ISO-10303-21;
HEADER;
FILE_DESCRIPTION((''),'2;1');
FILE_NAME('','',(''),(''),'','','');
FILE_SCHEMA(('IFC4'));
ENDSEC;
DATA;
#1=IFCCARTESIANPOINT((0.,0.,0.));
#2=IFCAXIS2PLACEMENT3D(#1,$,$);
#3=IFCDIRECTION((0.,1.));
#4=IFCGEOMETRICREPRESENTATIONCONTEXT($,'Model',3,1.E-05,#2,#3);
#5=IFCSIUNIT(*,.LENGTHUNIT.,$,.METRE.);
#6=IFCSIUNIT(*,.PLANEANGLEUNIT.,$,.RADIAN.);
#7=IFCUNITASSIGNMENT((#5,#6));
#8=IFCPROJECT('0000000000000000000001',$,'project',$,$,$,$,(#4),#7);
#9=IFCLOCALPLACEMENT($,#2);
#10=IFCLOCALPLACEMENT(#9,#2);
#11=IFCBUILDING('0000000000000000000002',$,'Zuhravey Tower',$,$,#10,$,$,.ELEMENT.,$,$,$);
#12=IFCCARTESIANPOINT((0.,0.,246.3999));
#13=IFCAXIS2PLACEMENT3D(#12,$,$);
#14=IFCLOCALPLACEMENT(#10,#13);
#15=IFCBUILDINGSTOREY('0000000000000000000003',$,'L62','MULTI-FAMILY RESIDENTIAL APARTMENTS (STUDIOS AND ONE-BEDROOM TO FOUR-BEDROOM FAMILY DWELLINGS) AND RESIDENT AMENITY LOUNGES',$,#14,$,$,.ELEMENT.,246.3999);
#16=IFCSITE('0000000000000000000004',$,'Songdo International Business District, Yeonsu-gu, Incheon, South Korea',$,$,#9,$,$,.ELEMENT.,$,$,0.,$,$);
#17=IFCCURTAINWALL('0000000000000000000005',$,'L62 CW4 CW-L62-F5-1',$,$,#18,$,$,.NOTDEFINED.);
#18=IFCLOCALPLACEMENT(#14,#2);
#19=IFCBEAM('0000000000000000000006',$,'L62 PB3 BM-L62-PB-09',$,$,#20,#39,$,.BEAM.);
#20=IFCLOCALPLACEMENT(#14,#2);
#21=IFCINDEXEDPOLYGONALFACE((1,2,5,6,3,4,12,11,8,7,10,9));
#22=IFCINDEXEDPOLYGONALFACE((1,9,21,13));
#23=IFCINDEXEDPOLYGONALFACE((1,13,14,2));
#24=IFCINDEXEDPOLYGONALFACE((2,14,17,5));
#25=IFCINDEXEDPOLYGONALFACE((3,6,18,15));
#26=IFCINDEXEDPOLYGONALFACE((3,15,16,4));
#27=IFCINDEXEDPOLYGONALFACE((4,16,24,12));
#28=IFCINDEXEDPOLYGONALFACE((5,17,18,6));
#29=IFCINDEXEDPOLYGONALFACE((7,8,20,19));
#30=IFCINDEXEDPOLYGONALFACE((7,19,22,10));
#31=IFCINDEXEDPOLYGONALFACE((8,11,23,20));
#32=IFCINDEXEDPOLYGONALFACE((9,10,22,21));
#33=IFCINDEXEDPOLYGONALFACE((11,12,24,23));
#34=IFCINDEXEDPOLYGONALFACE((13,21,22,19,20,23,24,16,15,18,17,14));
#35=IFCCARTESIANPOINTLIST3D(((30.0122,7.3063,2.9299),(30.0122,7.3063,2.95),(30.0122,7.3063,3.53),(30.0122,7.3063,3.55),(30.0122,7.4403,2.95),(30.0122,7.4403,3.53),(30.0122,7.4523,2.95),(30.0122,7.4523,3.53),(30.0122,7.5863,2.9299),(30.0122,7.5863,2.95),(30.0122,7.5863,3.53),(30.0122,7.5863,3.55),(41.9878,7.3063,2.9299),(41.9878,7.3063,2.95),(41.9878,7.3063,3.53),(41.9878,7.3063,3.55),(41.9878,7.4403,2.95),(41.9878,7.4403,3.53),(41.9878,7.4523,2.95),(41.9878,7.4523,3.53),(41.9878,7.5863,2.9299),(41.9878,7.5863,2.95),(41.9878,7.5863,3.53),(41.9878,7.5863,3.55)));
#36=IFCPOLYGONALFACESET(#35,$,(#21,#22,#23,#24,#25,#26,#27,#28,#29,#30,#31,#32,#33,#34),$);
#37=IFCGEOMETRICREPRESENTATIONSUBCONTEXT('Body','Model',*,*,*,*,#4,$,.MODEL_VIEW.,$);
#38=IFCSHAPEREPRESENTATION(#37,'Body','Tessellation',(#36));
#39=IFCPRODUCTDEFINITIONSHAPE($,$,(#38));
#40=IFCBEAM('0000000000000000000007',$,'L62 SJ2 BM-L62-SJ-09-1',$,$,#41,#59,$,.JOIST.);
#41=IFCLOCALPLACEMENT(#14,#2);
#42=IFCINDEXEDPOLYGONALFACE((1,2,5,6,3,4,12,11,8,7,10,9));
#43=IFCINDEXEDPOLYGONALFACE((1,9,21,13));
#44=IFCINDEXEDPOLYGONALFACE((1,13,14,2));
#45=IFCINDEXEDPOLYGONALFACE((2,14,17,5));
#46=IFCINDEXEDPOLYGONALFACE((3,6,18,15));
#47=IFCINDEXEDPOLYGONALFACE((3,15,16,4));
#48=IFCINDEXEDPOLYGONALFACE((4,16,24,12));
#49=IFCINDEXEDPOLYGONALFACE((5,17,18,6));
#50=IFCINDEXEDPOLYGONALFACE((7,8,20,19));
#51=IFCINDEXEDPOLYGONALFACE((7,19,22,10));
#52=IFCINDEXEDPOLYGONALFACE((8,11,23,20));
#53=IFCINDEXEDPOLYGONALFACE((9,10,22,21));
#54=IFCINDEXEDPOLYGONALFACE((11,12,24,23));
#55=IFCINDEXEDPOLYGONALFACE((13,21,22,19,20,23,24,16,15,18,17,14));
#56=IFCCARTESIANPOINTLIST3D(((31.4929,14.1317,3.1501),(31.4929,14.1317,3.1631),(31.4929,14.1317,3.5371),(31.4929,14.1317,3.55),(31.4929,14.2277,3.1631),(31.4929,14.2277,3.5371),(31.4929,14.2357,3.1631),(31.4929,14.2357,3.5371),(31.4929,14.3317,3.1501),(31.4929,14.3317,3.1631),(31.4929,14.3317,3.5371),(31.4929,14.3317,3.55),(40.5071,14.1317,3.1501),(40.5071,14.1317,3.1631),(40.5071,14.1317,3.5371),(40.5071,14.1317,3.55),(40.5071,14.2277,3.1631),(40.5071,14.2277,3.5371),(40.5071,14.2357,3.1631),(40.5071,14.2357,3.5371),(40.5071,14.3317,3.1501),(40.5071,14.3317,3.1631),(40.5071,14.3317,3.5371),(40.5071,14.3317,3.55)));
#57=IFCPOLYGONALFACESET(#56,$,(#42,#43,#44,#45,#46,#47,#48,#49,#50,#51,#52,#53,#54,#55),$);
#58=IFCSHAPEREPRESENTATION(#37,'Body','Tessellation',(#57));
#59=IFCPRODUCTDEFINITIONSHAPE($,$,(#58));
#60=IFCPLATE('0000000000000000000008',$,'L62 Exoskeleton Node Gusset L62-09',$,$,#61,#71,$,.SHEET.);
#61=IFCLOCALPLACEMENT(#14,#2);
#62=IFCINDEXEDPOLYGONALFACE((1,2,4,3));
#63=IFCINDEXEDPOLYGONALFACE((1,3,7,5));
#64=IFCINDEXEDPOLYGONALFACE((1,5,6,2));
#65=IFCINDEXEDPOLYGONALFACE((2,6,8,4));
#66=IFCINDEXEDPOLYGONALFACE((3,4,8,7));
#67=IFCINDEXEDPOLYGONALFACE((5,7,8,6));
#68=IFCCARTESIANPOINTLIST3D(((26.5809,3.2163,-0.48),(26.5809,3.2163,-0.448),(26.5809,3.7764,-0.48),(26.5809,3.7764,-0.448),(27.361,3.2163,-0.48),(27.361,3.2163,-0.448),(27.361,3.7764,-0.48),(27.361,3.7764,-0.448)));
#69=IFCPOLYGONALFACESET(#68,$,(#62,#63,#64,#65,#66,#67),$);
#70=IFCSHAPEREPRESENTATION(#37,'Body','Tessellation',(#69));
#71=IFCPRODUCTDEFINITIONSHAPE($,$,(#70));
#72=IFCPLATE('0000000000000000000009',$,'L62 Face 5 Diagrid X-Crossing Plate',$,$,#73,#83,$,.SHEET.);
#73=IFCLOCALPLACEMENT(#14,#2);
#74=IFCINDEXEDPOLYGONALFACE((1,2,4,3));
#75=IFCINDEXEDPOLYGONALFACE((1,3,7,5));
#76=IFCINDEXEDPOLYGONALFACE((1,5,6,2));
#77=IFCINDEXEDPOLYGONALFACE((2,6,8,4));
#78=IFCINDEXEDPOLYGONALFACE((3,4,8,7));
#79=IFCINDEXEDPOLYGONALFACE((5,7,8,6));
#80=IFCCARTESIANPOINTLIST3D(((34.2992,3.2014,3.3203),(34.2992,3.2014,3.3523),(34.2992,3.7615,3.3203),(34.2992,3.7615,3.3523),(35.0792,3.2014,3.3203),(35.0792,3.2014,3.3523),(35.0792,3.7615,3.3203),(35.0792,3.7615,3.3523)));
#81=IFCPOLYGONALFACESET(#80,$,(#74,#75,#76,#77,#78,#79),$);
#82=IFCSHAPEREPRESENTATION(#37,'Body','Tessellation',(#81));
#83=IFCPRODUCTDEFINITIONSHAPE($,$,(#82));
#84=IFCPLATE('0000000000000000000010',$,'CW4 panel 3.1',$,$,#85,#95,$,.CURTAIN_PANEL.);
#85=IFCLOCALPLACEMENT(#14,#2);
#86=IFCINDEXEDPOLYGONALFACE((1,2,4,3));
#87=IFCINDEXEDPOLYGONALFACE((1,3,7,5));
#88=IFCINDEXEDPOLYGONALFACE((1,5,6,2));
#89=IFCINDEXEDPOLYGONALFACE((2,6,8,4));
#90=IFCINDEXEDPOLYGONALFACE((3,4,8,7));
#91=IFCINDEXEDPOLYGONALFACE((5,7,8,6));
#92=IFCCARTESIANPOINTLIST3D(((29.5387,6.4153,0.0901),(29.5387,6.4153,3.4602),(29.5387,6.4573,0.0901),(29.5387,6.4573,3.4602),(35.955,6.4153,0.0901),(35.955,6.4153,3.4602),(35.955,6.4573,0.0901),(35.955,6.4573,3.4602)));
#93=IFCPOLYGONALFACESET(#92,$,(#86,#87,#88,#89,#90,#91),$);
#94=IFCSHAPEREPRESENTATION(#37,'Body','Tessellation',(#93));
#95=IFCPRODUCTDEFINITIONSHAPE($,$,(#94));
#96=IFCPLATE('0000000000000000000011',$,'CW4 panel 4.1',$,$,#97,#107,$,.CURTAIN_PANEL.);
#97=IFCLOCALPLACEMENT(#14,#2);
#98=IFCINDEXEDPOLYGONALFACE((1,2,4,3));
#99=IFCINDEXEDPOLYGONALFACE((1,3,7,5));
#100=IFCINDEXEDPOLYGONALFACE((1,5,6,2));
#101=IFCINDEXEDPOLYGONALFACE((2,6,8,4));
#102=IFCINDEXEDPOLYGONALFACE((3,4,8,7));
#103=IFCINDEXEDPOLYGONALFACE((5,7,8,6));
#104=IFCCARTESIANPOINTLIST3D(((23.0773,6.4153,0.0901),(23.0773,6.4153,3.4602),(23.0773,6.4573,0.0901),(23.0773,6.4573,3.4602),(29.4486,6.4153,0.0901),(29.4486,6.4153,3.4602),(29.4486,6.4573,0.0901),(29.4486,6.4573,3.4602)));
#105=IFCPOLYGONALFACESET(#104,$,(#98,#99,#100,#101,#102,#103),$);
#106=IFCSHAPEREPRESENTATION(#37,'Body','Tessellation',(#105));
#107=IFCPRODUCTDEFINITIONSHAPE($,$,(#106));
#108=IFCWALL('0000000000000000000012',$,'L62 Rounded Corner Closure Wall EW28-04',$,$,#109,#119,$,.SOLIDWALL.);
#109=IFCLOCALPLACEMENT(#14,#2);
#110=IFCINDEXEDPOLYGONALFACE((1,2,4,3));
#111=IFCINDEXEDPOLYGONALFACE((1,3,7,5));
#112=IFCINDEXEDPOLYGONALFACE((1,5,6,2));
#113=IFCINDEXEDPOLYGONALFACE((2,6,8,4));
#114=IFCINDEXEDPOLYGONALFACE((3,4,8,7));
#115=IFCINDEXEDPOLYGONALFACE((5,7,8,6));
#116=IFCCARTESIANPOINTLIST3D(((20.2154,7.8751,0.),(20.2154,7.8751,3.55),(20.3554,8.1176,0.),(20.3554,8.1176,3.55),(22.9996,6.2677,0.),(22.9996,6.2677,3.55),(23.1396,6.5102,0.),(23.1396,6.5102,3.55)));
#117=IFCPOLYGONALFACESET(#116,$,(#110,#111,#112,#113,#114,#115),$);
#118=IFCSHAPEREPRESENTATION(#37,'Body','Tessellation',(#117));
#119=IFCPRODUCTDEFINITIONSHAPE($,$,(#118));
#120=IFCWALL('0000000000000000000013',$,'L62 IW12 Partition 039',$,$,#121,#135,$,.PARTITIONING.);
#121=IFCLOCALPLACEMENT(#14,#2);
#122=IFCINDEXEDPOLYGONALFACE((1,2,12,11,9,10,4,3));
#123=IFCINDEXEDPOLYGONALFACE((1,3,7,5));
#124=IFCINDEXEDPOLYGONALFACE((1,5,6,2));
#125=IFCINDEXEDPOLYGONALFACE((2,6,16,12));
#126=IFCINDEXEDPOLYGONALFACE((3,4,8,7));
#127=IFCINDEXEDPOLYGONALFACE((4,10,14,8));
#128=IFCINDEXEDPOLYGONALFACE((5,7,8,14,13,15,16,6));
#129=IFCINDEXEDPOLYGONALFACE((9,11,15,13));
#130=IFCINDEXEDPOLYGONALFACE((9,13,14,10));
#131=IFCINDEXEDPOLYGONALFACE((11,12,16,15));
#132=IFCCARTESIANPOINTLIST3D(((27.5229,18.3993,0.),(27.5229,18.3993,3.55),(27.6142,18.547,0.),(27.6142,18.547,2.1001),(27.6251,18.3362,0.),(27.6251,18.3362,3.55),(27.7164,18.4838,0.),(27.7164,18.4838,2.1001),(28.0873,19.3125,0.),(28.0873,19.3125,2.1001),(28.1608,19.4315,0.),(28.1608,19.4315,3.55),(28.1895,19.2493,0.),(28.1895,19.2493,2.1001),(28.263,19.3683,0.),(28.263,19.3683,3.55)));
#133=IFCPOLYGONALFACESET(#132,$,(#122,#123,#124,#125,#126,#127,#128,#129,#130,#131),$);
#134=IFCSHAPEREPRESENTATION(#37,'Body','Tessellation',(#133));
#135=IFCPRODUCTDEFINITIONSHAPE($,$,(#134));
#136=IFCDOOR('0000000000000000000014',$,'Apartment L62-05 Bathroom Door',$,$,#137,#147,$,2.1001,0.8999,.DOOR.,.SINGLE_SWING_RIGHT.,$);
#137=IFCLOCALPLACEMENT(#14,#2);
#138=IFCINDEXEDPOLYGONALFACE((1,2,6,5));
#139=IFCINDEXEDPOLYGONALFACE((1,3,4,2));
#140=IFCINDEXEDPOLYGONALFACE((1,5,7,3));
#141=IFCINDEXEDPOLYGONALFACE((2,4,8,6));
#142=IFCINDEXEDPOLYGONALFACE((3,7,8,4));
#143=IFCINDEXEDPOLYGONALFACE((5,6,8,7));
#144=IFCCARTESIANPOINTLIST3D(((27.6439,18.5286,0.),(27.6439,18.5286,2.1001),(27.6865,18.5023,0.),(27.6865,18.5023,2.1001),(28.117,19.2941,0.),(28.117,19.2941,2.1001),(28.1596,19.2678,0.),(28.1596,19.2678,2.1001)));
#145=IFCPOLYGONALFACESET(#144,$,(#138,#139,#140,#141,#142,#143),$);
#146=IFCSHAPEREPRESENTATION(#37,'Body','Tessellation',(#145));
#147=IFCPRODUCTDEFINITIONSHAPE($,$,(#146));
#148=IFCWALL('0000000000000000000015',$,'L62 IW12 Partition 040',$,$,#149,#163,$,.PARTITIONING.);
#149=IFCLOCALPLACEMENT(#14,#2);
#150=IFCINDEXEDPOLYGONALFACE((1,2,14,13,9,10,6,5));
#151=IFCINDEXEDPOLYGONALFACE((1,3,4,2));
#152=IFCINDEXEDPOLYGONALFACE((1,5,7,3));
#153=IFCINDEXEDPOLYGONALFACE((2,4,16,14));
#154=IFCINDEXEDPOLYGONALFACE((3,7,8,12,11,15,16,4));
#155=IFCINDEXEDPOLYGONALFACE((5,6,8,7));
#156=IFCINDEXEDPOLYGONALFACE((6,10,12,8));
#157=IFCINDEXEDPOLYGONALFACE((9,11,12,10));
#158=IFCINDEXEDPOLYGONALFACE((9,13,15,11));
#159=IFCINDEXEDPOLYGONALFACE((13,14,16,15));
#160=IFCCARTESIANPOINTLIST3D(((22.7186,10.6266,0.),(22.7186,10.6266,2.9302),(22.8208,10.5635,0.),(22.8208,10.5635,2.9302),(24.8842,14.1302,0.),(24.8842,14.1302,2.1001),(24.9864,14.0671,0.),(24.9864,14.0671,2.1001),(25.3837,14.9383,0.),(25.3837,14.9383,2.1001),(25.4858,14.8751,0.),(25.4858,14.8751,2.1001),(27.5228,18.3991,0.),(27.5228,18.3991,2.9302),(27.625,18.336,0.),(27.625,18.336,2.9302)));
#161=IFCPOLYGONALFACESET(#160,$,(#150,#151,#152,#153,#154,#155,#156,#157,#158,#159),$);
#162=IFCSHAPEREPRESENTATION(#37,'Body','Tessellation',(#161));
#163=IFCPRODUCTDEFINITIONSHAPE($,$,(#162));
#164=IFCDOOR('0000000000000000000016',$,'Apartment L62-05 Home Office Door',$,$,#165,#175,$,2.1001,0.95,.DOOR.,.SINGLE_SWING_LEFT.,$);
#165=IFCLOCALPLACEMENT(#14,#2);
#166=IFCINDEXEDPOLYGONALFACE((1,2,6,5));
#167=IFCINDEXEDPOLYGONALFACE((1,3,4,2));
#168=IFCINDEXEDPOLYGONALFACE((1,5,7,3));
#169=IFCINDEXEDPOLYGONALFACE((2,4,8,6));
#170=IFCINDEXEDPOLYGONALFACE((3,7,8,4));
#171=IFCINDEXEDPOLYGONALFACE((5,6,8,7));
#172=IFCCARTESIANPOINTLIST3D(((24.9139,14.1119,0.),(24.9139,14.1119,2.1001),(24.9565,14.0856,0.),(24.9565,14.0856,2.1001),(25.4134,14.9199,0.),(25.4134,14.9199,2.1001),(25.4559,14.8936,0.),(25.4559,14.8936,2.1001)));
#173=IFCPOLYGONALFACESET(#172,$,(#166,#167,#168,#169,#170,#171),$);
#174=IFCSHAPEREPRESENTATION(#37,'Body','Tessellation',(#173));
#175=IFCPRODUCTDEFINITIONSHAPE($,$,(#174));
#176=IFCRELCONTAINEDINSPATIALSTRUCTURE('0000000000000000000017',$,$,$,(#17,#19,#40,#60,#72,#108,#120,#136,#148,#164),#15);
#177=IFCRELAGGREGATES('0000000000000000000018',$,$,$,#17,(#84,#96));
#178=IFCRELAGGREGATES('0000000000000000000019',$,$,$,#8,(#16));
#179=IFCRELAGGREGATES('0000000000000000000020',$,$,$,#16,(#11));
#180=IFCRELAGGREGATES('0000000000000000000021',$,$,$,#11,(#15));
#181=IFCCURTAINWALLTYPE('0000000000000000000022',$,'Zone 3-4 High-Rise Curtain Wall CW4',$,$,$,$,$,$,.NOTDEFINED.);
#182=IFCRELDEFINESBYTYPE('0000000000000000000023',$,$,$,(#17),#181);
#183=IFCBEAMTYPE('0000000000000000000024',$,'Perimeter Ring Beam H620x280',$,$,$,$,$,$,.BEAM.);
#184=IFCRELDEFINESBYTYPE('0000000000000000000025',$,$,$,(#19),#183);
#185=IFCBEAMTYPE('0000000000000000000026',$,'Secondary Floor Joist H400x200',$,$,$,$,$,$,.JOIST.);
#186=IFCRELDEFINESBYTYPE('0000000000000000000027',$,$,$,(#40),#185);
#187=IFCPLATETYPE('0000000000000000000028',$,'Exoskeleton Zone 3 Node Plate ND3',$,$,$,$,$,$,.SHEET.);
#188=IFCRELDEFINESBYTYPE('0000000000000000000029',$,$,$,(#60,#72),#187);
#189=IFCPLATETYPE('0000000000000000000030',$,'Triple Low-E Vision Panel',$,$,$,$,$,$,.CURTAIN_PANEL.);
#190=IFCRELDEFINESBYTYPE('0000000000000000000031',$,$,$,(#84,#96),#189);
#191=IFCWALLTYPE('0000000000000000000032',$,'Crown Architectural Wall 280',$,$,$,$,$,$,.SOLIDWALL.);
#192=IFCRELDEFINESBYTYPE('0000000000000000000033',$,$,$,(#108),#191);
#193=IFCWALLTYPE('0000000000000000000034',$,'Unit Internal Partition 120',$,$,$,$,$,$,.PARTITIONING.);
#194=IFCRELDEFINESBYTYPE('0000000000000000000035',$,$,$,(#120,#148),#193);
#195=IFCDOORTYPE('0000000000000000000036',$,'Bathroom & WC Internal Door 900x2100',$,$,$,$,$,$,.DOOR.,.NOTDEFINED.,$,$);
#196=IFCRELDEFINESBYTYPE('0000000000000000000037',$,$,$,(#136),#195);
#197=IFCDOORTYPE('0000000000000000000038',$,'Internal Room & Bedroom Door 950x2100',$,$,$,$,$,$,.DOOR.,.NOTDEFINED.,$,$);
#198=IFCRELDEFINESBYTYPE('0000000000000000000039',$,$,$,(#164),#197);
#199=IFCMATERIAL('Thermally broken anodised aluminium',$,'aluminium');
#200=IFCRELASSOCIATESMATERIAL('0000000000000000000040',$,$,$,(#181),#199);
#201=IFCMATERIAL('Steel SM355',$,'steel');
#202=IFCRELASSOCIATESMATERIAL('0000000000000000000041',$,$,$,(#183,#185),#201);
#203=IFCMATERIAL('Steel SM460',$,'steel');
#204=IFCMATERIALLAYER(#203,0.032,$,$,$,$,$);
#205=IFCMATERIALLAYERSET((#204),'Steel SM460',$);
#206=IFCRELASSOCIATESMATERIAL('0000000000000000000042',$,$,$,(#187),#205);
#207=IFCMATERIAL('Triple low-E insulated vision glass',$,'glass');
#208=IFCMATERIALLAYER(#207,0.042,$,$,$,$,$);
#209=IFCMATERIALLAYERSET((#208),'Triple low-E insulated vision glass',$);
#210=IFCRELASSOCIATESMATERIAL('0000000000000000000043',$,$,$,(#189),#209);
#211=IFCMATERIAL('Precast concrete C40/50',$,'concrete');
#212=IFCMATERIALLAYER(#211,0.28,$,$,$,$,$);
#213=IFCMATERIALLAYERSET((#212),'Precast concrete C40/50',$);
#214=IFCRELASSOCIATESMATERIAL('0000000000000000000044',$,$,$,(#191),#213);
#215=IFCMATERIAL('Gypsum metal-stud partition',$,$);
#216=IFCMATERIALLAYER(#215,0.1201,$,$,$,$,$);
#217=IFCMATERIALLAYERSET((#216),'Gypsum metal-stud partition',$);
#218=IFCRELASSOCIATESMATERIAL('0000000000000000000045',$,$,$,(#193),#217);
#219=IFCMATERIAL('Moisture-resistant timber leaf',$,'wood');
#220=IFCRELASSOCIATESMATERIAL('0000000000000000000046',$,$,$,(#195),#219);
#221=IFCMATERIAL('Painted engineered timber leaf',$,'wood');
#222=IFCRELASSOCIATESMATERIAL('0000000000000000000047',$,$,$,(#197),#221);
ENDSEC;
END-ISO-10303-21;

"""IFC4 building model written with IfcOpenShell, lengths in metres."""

from ifc_helpers import new_model, si_unit, direction, frame, frame_2d, origin, origin_2d, place, context, subcontext, project, spatial, rectangle, i_section, extrude, material, layer, layer_set, material_profile, profile_set, type_object, element, fill, aggregate, save


model = new_model("IFC4")

# Units and contexts
model_context = context("Model", 3, precision=1e-05, world=origin(), true_north=direction((0.0, 1.0)))
body_context = subcontext(model_context, "Body", "Model", "MODEL_VIEW")
ifc_project = project(units=[si_unit("LENGTHUNIT", "METRE"), si_unit("PLANEANGLEUNIT", "RADIAN")], contexts=[model_context])

# Site, building, storey
site_placement = place(None, origin())
site = spatial("IfcSite", under=ifc_project, at=site_placement, Name="Songdo International Business District, Yeonsu-gu, Incheon, South Korea", CompositionType="ELEMENT", RefElevation=0.0)
building_placement = place(site_placement, origin())
building = spatial("IfcBuilding", under=site, at=building_placement, Name="Zuhravey Tower", CompositionType="ELEMENT")
storey_placement = place(building_placement, frame((0.0, 0.0, 246.3999)))
storey = spatial("IfcBuildingStorey", under=building, at=storey_placement, Name="L62", Description="MULTI-FAMILY RESIDENTIAL APARTMENTS (STUDIOS AND ONE-BEDROOM TO FOUR-BEDROOM FAMILY DWELLINGS) AND RESIDENT AMENITY LOUNGES", CompositionType="ELEMENT", Elevation=246.3999)

# Curtain wall
ifc_material_1 = material(Name="Thermally broken anodised aluminium", Category="aluminium")
curtain_wall_type = type_object("IfcCurtainWallType", Name="Zone 3-4 High-Rise Curtain Wall CW4", PredefinedType="NOTDEFINED", material=ifc_material_1)
curtain_wall_placement = place(storey_placement, origin())
curtain_wall = element("IfcCurtainWall", 1, at=curtain_wall_placement, inside=storey, type_object=curtain_wall_type, Name="L62 CW4 CW-L62-F5-1", PredefinedType="NOTDEFINED")

# Shared definitions
ifc_material_2 = material(Name="Steel SM355", Category="steel")

# Beams
ifc_material_profile_1 = material_profile(ifc_material_2, i_section(OverallWidth=0.28, OverallDepth=0.6201, WebThickness=0.012, FlangeThickness=0.02, at=origin_2d()), Name="H-620x280x12x20")
ifc_profile_set_1 = profile_set([ifc_material_profile_1], Name="Steel SM355")
beam_type_1 = type_object("IfcBeamType", Name="Perimeter Ring Beam H620x280", PredefinedType="BEAM", material=ifc_profile_set_1)
beam_1_placement = place(storey_placement, frame((30.0122, 7.4463, 3.24), z_axis=(1.0, 0.0, 0.0), x_axis=(0.0, 1.0, 0.0)))
element("IfcBeam", 2, at=beam_1_placement, inside=storey, type_object=beam_type_1, Name="L62 PB3 BM-L62-PB-09", PredefinedType="BEAM", context=body_context, shape_type="SweptSolid", body=[
    extrude(i_section(OverallWidth=0.28, OverallDepth=0.6201, WebThickness=0.012, FlangeThickness=0.02, at=origin_2d()), origin(), (0.0, 0.0, 1.0), 11.9756),
])
ifc_material_profile_2 = material_profile(ifc_material_2, i_section(OverallWidth=0.2, OverallDepth=0.3999, WebThickness=0.0081, FlangeThickness=0.0129, at=origin_2d()), Name="H-400x200x8x13")
ifc_profile_set_2 = profile_set([ifc_material_profile_2], Name="Steel SM355")
beam_type_2 = type_object("IfcBeamType", Name="Secondary Floor Joist H400x200", PredefinedType="JOIST", material=ifc_profile_set_2)
beam_2_placement = place(storey_placement, frame((31.4929, 14.2317, 3.3501), z_axis=(1.0, 0.0, 0.0), x_axis=(0.0, 1.0, 0.0)))
element("IfcBeam", 3, at=beam_2_placement, inside=storey, type_object=beam_type_2, Name="L62 SJ2 BM-L62-SJ-09-1", PredefinedType="JOIST", context=body_context, shape_type="SweptSolid", body=[
    extrude(i_section(OverallWidth=0.2, OverallDepth=0.3999, WebThickness=0.0081, FlangeThickness=0.0129, at=origin_2d()), origin(), (0.0, 0.0, 1.0), 9.0142),
])

# Plates
ifc_material_3 = material(Name="Steel SM460", Category="steel")
ifc_layer_1 = layer(ifc_material_3, 0.032)
ifc_layer_set_1 = layer_set([ifc_layer_1], Name="Steel SM460")
plate_type_1 = type_object("IfcPlateType", Name="Exoskeleton Zone 3 Node Plate ND3", PredefinedType="SHEET", material=ifc_layer_set_1)
for number, where, z_axis, x_axis, name in (
    (4, (26.9709, 3.4963, -0.48), (0.0, 0.0, 1.0), (1.0, 0.0, 0.0), "L62 Exoskeleton Node Gusset L62-09"),
    (5, (34.6892, 3.4814, 3.3203), (0.0, 0.0, 1.0), (1.0, 0.0, 0.0), "L62 Face 5 Diagrid X-Crossing Plate"),
):
    element("IfcPlate", number, at=place(storey_placement, frame(where, z_axis=z_axis, x_axis=x_axis)), inside=storey, type_object=plate_type_1, Name=name, PredefinedType="SHEET", context=body_context, shape_type="SweptSolid", body=[
        extrude(rectangle(XDim=0.78, YDim=0.5601, at=origin_2d()), origin(), (0.0, 0.0, 1.0), 0.032),
    ])

# Plates
ifc_material_4 = material(Name="Triple low-E insulated vision glass", Category="glass")
ifc_layer_2 = layer(ifc_material_4, 0.042)
ifc_layer_set_2 = layer_set([ifc_layer_2], Name="Triple low-E insulated vision glass")
plate_type_2 = type_object("IfcPlateType", Name="Triple Low-E Vision Panel", PredefinedType="CURTAIN_PANEL", material=ifc_layer_set_2)
plate_1_placement = place(storey_placement, frame((32.7468, 6.4363, 0.0901), z_axis=(0.0, 0.0, 1.0), x_axis=(-1.0, 0.0, 0.0)))
plate_1 = element("IfcPlate", 6, at=plate_1_placement, type_object=plate_type_2, Name="CW4 panel 3.1", PredefinedType="CURTAIN_PANEL", context=body_context, shape_type="SweptSolid", body=[
    extrude(rectangle(XDim=6.4163, YDim=0.042, at=origin_2d()), origin(), (0.0, 0.0, 1.0), 3.3701),
])
plate_2_placement = place(storey_placement, frame((26.2629, 6.4363, 0.0901), z_axis=(0.0, 0.0, 1.0), x_axis=(-1.0, 0.0, 0.0)))
plate_2 = element("IfcPlate", 7, at=plate_2_placement, type_object=plate_type_2, Name="CW4 panel 4.1", PredefinedType="CURTAIN_PANEL", context=body_context, shape_type="SweptSolid", body=[
    extrude(rectangle(XDim=6.3713, YDim=0.042, at=origin_2d()), origin(), (0.0, 0.0, 1.0), 3.3701),
])
aggregate(curtain_wall, [plate_1, plate_2])

# Wall
ifc_material_5 = material(Name="Precast concrete C40/50", Category="concrete")
ifc_layer_3 = layer(ifc_material_5, 0.28)
ifc_layer_set_3 = layer_set([ifc_layer_3], Name="Precast concrete C40/50")
wall_type_1 = type_object("IfcWallType", Name="Crown Architectural Wall 280", PredefinedType="SOLIDWALL", material=ifc_layer_set_3)
wall_1_placement = place(storey_placement, frame((23.0696, 6.3889, 0.0), z_axis=(0.0, 0.0, 1.0), x_axis=(-0.866029, 0.499994, 0.0)))
element("IfcWall", 8, at=wall_1_placement, inside=storey, type_object=wall_type_1, Name="L62 Rounded Corner Closure Wall EW28-04", PredefinedType="SOLIDWALL", context=body_context, shape_type="SweptSolid", body=[
    extrude(rectangle(XDim=3.2148, YDim=0.28, at=frame_2d((1.6074, 0.0))), origin(), (0.0, 0.0, 1.0), 3.55),
])

# Walls, openings, doors
ifc_material_6 = material(Name="Gypsum metal-stud partition")
ifc_layer_4 = layer(ifc_material_6, 0.1201)
ifc_layer_set_4 = layer_set([ifc_layer_4], Name="Gypsum metal-stud partition")
wall_type_2 = type_object("IfcWallType", Name="Unit Internal Partition 120", PredefinedType="PARTITIONING", material=ifc_layer_set_4)
wall_2_placement = place(storey_placement, frame((28.2119, 19.3999, 0.0), z_axis=(0.0, 0.0, 1.0), x_axis=(-0.525724, -0.850655, 0.0)))
wall_2 = element("IfcWall", 9, at=wall_2_placement, inside=storey, type_object=wall_type_2, Name="L62 IW12 Partition 039", PredefinedType="PARTITIONING", context=body_context, shape_type="SweptSolid", body=[
    extrude(rectangle(XDim=1.2134, YDim=0.1201, at=frame_2d((0.6067, 0.0))), origin(), (0.0, 0.0, 1.0), 3.55),
])
opening_1_placement = place(wall_2_placement, frame((0.1399, 0.0, 0.0)))
opening_1 = element("IfcOpeningElement", 10, at=opening_1_placement, cuts=wall_2, PredefinedType="OPENING", context=body_context, shape_type="SweptSolid", body=[
    extrude(rectangle(XDim=0.8999, YDim=2.1001, at=frame_2d((0.45, 1.05))), frame((0.0, 0.072, 0.0), z_axis=(0.0, -1.0, 0.0), x_axis=(1.0, 0.0, 0.0)), (0.0, 0.0, 1.0), 0.144),
])
ifc_material_7 = material(Name="Moisture-resistant timber leaf", Category="wood")
door_type_1 = type_object("IfcDoorType", Name="Bathroom & WC Internal Door 900x2100", OperationType="NOTDEFINED", PredefinedType="DOOR", material=ifc_material_7)
door_1_placement = place(opening_1_placement, origin())
door_1 = element("IfcDoor", 11, at=door_1_placement, inside=storey, type_object=door_type_1, Name="Apartment L62-05 Bathroom Door", OperationType="SINGLE_SWING_RIGHT", OverallHeight=2.1001, OverallWidth=0.8999, PredefinedType="DOOR", context=body_context, shape_type="SweptSolid", body=[
    extrude(rectangle(XDim=0.8999, YDim=2.1001, at=frame_2d((0.45, 1.05))), frame((0.0, 0.0249, 0.0), z_axis=(0.0, -1.0, 0.0), x_axis=(1.0, 0.0, 0.0)), (0.0, 0.0, 1.0), 0.05),
])
fill(opening_1, door_1)
wall_3_placement = place(storey_placement, frame((27.574, 18.3677, 0.0), z_axis=(0.0, 0.0, 1.0), x_axis=(-0.525775, -0.850624, 0.0)))
wall_3 = element("IfcWall", 12, at=wall_3_placement, inside=storey, type_object=wall_type_2, Name="L62 IW12 Partition 040", PredefinedType="PARTITIONING", context=body_context, shape_type="SweptSolid", body=[
    extrude(rectangle(XDim=9.1375, YDim=0.1201, at=frame_2d((4.5688, 0.0))), origin(), (0.0, 0.0, 1.0), 2.9302),
])
opening_2_placement = place(wall_3_placement, frame((4.0686, 0.0, 0.0)))
opening_2 = element("IfcOpeningElement", 13, at=opening_2_placement, cuts=wall_3, PredefinedType="OPENING", context=body_context, shape_type="SweptSolid", body=[
    extrude(rectangle(XDim=0.95, YDim=2.1001, at=frame_2d((0.4751, 1.05))), frame((0.0, 0.072, 0.0), z_axis=(0.0, -1.0, 0.0), x_axis=(1.0, 0.0, 0.0)), (0.0, 0.0, 1.0), 0.144),
])
ifc_material_8 = material(Name="Painted engineered timber leaf", Category="wood")
door_type_2 = type_object("IfcDoorType", Name="Internal Room & Bedroom Door 950x2100", OperationType="NOTDEFINED", PredefinedType="DOOR", material=ifc_material_8)
door_2_placement = place(opening_2_placement, origin())
door_2 = element("IfcDoor", 14, at=door_2_placement, inside=storey, type_object=door_type_2, Name="Apartment L62-05 Home Office Door", OperationType="SINGLE_SWING_LEFT", OverallHeight=2.1001, OverallWidth=0.95, PredefinedType="DOOR", context=body_context, shape_type="SweptSolid", body=[
    extrude(rectangle(XDim=0.95, YDim=2.1001, at=frame_2d((0.4751, 1.05))), frame((0.0, 0.0249, 0.0), z_axis=(0.0, -1.0, 0.0), x_axis=(1.0, 0.0, 0.0)), (0.0, 0.0, 1.0), 0.05),
])
fill(opening_2, door_2)

save(model, "model.ifc")
